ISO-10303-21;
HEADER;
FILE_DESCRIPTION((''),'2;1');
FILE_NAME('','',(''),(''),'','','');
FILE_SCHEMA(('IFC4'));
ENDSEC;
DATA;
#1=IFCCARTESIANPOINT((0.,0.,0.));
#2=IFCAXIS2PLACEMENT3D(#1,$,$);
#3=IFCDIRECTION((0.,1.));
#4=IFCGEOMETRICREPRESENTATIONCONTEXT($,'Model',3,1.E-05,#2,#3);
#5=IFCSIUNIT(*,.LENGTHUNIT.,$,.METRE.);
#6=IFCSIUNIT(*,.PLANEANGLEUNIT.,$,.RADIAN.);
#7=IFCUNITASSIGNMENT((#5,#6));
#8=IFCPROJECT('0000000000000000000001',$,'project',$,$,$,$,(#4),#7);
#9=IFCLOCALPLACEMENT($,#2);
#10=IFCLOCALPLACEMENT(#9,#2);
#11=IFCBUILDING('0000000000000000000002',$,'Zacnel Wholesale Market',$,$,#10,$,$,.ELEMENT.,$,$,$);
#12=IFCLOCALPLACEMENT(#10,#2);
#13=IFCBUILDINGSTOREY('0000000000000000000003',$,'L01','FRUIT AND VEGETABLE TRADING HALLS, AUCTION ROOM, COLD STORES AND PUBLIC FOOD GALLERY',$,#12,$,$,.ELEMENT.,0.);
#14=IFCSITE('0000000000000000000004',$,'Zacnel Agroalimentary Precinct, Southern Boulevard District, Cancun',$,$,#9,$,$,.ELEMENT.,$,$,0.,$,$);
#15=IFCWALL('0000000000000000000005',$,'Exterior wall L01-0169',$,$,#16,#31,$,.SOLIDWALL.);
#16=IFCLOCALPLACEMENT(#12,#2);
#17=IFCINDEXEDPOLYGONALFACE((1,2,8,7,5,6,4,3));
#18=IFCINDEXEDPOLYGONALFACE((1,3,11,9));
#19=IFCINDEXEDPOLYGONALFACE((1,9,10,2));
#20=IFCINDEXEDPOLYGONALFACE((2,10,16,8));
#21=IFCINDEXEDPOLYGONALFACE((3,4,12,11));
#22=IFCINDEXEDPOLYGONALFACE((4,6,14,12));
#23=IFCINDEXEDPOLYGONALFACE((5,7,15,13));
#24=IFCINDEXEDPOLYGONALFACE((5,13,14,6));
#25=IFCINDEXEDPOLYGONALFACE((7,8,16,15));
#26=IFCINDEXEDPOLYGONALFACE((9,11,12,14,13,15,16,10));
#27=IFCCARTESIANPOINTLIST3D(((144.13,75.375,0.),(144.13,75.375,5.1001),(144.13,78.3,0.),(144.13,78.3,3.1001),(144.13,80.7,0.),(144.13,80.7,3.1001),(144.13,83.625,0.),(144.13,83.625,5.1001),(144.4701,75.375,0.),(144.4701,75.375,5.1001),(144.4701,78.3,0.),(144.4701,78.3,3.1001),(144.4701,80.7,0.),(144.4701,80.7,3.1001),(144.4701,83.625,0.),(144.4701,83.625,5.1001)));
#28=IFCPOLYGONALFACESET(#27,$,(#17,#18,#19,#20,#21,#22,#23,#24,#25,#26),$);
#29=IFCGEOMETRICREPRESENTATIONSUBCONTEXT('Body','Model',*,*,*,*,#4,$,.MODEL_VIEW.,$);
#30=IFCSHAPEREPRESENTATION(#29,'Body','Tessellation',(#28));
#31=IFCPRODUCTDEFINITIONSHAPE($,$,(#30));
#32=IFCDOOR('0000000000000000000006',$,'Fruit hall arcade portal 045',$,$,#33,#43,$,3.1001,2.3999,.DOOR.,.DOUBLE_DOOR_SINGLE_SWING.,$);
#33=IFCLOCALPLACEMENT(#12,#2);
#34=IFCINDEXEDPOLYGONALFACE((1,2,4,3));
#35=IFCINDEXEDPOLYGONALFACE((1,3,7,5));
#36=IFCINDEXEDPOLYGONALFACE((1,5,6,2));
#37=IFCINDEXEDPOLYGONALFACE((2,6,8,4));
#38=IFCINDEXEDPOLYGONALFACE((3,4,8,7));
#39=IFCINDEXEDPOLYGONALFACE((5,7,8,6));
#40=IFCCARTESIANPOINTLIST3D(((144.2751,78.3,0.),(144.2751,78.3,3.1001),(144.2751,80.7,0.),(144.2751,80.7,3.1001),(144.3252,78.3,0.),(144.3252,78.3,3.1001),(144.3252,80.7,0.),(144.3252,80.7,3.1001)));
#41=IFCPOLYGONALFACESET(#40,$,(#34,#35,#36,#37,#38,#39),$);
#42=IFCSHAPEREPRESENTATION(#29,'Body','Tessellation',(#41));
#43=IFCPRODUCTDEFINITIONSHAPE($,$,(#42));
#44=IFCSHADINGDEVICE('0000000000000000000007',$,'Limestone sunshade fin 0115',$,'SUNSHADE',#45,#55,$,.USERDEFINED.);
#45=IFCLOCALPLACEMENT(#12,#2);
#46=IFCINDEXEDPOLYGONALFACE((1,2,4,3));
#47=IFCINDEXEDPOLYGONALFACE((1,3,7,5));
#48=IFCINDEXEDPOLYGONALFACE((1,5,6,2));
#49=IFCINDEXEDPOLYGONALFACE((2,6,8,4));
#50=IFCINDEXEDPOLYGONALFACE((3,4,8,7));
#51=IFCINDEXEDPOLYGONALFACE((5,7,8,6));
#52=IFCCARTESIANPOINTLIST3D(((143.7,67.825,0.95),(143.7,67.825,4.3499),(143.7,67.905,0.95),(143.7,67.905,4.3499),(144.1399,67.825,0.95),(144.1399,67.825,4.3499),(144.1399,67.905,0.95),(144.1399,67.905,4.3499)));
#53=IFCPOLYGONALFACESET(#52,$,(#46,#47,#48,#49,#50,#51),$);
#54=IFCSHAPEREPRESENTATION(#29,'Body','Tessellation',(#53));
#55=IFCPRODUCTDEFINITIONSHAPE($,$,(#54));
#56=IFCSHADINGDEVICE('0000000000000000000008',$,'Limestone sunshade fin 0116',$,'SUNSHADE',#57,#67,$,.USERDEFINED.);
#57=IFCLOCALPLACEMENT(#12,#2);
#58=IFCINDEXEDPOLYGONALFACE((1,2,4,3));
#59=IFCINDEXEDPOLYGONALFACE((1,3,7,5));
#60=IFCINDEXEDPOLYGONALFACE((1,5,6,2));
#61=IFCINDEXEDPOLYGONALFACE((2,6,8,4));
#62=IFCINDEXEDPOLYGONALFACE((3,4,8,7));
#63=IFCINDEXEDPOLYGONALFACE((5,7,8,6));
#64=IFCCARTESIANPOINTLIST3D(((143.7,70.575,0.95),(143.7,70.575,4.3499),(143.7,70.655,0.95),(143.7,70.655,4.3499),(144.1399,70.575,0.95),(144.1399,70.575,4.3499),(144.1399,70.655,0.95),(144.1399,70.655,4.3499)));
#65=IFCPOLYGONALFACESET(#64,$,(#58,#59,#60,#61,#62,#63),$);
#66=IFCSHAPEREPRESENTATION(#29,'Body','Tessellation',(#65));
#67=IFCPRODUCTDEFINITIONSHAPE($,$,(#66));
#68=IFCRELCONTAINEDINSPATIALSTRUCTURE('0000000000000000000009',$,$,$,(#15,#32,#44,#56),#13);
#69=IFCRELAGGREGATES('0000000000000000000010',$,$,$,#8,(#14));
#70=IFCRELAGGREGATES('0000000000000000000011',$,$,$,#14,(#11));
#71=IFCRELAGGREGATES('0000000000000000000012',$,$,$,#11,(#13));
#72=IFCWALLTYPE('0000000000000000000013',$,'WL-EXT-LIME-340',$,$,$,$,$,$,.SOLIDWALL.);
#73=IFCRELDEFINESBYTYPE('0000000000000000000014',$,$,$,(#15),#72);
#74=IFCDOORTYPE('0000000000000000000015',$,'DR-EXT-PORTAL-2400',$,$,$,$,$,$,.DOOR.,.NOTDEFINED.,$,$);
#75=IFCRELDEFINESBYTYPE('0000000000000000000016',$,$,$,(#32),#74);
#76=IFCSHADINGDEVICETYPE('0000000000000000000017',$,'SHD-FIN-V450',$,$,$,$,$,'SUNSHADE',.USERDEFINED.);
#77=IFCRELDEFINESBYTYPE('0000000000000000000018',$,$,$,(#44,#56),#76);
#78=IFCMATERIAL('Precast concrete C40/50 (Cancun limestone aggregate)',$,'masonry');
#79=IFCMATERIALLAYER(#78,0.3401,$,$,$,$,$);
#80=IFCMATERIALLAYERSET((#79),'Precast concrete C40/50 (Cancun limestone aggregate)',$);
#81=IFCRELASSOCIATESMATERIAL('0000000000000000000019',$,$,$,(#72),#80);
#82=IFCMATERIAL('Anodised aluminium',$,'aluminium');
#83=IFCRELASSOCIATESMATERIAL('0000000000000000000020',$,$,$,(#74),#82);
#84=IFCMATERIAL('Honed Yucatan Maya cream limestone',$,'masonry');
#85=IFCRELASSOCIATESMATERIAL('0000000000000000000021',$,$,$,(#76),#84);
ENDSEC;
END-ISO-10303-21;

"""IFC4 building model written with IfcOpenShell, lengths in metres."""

from ifc_helpers import new_model, si_unit, direction, frame, frame_2d, origin, origin_2d, place, context, subcontext, project, spatial, rectangle, extrude, material, layer, layer_set, type_object, element, fill, save


model = new_model("IFC4")

# Units and contexts
model_context = context("Model", 3, precision=1e-05, world=origin(), true_north=direction((0.0, 1.0)))
body_context = subcontext(model_context, "Body", "Model", "MODEL_VIEW")
ifc_project = project(units=[si_unit("LENGTHUNIT", "METRE"), si_unit("PLANEANGLEUNIT", "RADIAN")], contexts=[model_context])

# Site, building, storey
site_placement = place(None, origin())
site = spatial("IfcSite", under=ifc_project, at=site_placement, Name="Zacnel Agroalimentary Precinct, Southern Boulevard District, Cancun", CompositionType="ELEMENT", RefElevation=0.0)
building_placement = place(site_placement, origin())
building = spatial("IfcBuilding", under=site, at=building_placement, Name="Zacnel Wholesale Market", CompositionType="ELEMENT")
storey_placement = place(building_placement, origin())
storey = spatial("IfcBuildingStorey", under=building, at=storey_placement, Name="L01", Description="FRUIT AND VEGETABLE TRADING HALLS, AUCTION ROOM, COLD STORES AND PUBLIC FOOD GALLERY", CompositionType="ELEMENT", Elevation=0.0)

# Shared definitions
ifc_material_1 = material(Name="Precast concrete C40/50 (Cancun limestone aggregate)", Category="masonry")
ifc_layer_1 = layer(ifc_material_1, 0.3401)
ifc_layer_set_1 = layer_set([ifc_layer_1], Name="Precast concrete C40/50 (Cancun limestone aggregate)")
wall_type = type_object("IfcWallType", Name="WL-EXT-LIME-340", PredefinedType="SOLIDWALL", material=ifc_layer_set_1)

# Wall, opening, door
wall_1_placement = place(storey_placement, frame((144.3, 75.375, 0.0), z_axis=(0.0, 0.0, 1.0), x_axis=(0.0, 1.0, 0.0)))
wall_1 = element("IfcWall", 1, at=wall_1_placement, inside=storey, type_object=wall_type, Name="Exterior wall L01-0169", PredefinedType="SOLIDWALL", context=body_context, shape_type="SweptSolid", body=[
    extrude(rectangle(XDim=8.25, YDim=0.3401, at=frame_2d((4.125, 0.0))), origin(), (0.0, 0.0, 1.0), 5.1001),
])
opening_1_placement = place(wall_1_placement, frame((2.925, 0.0, 0.0)))
opening_1 = element("IfcOpeningElement", 2, at=opening_1_placement, cuts=wall_1, PredefinedType="OPENING", context=body_context, shape_type="SweptSolid", body=[
    extrude(rectangle(XDim=2.3999, YDim=3.1001, at=frame_2d((1.2, 1.55))), frame((0.0, 0.1799, 0.0), z_axis=(0.0, -1.0, 0.0), x_axis=(1.0, 0.0, 0.0)), (0.0, 0.0, 1.0), 0.3601),
])
ifc_material_2 = material(Name="Anodised aluminium", Category="aluminium")
door_type = type_object("IfcDoorType", Name="DR-EXT-PORTAL-2400", OperationType="NOTDEFINED", PredefinedType="DOOR", material=ifc_material_2)
door_placement = place(opening_1_placement, origin())
door = element("IfcDoor", 3, at=door_placement, inside=storey, type_object=door_type, Name="Fruit hall arcade portal 045", OperationType="DOUBLE_DOOR_SINGLE_SWING", OverallHeight=3.1001, OverallWidth=2.3999, PredefinedType="DOOR", context=body_context, shape_type="SweptSolid", body=[
    extrude(rectangle(XDim=2.3999, YDim=3.1001, at=frame_2d((1.2, 1.55))), frame((0.0, 0.0249, 0.0), z_axis=(0.0, -1.0, 0.0), x_axis=(1.0, 0.0, 0.0)), (0.0, 0.0, 1.0), 0.05),
])
fill(opening_1, door)

# Shading devices
ifc_material_3 = material(Name="Honed Yucatan Maya cream limestone", Category="masonry")
shading_device_type = type_object("IfcShadingDeviceType", Name="SHD-FIN-V450", ElementType="SUNSHADE", PredefinedType="USERDEFINED", material=ifc_material_3)
for number, where, z_axis, x_axis, name in (
    (4, (143.9199, 67.865, 0.95), (0.0, 0.0, 1.0), (0.0, 1.0, 0.0), "Limestone sunshade fin 0115"),
    (5, (143.9199, 70.615, 0.95), (0.0, 0.0, 1.0), (0.0, 1.0, 0.0), "Limestone sunshade fin 0116"),
):
    element("IfcShadingDevice", number, at=place(storey_placement, frame(where, z_axis=z_axis, x_axis=x_axis)), inside=storey, type_object=shading_device_type, Name=name, ObjectType="SUNSHADE", PredefinedType="USERDEFINED", context=body_context, shape_type="SweptSolid", body=[
        extrude(rectangle(XDim=0.0801, YDim=0.4399, at=origin_2d()), origin(), (0.0, 0.0, 1.0), 3.3999),
    ])

save(model, "model.ifc")
